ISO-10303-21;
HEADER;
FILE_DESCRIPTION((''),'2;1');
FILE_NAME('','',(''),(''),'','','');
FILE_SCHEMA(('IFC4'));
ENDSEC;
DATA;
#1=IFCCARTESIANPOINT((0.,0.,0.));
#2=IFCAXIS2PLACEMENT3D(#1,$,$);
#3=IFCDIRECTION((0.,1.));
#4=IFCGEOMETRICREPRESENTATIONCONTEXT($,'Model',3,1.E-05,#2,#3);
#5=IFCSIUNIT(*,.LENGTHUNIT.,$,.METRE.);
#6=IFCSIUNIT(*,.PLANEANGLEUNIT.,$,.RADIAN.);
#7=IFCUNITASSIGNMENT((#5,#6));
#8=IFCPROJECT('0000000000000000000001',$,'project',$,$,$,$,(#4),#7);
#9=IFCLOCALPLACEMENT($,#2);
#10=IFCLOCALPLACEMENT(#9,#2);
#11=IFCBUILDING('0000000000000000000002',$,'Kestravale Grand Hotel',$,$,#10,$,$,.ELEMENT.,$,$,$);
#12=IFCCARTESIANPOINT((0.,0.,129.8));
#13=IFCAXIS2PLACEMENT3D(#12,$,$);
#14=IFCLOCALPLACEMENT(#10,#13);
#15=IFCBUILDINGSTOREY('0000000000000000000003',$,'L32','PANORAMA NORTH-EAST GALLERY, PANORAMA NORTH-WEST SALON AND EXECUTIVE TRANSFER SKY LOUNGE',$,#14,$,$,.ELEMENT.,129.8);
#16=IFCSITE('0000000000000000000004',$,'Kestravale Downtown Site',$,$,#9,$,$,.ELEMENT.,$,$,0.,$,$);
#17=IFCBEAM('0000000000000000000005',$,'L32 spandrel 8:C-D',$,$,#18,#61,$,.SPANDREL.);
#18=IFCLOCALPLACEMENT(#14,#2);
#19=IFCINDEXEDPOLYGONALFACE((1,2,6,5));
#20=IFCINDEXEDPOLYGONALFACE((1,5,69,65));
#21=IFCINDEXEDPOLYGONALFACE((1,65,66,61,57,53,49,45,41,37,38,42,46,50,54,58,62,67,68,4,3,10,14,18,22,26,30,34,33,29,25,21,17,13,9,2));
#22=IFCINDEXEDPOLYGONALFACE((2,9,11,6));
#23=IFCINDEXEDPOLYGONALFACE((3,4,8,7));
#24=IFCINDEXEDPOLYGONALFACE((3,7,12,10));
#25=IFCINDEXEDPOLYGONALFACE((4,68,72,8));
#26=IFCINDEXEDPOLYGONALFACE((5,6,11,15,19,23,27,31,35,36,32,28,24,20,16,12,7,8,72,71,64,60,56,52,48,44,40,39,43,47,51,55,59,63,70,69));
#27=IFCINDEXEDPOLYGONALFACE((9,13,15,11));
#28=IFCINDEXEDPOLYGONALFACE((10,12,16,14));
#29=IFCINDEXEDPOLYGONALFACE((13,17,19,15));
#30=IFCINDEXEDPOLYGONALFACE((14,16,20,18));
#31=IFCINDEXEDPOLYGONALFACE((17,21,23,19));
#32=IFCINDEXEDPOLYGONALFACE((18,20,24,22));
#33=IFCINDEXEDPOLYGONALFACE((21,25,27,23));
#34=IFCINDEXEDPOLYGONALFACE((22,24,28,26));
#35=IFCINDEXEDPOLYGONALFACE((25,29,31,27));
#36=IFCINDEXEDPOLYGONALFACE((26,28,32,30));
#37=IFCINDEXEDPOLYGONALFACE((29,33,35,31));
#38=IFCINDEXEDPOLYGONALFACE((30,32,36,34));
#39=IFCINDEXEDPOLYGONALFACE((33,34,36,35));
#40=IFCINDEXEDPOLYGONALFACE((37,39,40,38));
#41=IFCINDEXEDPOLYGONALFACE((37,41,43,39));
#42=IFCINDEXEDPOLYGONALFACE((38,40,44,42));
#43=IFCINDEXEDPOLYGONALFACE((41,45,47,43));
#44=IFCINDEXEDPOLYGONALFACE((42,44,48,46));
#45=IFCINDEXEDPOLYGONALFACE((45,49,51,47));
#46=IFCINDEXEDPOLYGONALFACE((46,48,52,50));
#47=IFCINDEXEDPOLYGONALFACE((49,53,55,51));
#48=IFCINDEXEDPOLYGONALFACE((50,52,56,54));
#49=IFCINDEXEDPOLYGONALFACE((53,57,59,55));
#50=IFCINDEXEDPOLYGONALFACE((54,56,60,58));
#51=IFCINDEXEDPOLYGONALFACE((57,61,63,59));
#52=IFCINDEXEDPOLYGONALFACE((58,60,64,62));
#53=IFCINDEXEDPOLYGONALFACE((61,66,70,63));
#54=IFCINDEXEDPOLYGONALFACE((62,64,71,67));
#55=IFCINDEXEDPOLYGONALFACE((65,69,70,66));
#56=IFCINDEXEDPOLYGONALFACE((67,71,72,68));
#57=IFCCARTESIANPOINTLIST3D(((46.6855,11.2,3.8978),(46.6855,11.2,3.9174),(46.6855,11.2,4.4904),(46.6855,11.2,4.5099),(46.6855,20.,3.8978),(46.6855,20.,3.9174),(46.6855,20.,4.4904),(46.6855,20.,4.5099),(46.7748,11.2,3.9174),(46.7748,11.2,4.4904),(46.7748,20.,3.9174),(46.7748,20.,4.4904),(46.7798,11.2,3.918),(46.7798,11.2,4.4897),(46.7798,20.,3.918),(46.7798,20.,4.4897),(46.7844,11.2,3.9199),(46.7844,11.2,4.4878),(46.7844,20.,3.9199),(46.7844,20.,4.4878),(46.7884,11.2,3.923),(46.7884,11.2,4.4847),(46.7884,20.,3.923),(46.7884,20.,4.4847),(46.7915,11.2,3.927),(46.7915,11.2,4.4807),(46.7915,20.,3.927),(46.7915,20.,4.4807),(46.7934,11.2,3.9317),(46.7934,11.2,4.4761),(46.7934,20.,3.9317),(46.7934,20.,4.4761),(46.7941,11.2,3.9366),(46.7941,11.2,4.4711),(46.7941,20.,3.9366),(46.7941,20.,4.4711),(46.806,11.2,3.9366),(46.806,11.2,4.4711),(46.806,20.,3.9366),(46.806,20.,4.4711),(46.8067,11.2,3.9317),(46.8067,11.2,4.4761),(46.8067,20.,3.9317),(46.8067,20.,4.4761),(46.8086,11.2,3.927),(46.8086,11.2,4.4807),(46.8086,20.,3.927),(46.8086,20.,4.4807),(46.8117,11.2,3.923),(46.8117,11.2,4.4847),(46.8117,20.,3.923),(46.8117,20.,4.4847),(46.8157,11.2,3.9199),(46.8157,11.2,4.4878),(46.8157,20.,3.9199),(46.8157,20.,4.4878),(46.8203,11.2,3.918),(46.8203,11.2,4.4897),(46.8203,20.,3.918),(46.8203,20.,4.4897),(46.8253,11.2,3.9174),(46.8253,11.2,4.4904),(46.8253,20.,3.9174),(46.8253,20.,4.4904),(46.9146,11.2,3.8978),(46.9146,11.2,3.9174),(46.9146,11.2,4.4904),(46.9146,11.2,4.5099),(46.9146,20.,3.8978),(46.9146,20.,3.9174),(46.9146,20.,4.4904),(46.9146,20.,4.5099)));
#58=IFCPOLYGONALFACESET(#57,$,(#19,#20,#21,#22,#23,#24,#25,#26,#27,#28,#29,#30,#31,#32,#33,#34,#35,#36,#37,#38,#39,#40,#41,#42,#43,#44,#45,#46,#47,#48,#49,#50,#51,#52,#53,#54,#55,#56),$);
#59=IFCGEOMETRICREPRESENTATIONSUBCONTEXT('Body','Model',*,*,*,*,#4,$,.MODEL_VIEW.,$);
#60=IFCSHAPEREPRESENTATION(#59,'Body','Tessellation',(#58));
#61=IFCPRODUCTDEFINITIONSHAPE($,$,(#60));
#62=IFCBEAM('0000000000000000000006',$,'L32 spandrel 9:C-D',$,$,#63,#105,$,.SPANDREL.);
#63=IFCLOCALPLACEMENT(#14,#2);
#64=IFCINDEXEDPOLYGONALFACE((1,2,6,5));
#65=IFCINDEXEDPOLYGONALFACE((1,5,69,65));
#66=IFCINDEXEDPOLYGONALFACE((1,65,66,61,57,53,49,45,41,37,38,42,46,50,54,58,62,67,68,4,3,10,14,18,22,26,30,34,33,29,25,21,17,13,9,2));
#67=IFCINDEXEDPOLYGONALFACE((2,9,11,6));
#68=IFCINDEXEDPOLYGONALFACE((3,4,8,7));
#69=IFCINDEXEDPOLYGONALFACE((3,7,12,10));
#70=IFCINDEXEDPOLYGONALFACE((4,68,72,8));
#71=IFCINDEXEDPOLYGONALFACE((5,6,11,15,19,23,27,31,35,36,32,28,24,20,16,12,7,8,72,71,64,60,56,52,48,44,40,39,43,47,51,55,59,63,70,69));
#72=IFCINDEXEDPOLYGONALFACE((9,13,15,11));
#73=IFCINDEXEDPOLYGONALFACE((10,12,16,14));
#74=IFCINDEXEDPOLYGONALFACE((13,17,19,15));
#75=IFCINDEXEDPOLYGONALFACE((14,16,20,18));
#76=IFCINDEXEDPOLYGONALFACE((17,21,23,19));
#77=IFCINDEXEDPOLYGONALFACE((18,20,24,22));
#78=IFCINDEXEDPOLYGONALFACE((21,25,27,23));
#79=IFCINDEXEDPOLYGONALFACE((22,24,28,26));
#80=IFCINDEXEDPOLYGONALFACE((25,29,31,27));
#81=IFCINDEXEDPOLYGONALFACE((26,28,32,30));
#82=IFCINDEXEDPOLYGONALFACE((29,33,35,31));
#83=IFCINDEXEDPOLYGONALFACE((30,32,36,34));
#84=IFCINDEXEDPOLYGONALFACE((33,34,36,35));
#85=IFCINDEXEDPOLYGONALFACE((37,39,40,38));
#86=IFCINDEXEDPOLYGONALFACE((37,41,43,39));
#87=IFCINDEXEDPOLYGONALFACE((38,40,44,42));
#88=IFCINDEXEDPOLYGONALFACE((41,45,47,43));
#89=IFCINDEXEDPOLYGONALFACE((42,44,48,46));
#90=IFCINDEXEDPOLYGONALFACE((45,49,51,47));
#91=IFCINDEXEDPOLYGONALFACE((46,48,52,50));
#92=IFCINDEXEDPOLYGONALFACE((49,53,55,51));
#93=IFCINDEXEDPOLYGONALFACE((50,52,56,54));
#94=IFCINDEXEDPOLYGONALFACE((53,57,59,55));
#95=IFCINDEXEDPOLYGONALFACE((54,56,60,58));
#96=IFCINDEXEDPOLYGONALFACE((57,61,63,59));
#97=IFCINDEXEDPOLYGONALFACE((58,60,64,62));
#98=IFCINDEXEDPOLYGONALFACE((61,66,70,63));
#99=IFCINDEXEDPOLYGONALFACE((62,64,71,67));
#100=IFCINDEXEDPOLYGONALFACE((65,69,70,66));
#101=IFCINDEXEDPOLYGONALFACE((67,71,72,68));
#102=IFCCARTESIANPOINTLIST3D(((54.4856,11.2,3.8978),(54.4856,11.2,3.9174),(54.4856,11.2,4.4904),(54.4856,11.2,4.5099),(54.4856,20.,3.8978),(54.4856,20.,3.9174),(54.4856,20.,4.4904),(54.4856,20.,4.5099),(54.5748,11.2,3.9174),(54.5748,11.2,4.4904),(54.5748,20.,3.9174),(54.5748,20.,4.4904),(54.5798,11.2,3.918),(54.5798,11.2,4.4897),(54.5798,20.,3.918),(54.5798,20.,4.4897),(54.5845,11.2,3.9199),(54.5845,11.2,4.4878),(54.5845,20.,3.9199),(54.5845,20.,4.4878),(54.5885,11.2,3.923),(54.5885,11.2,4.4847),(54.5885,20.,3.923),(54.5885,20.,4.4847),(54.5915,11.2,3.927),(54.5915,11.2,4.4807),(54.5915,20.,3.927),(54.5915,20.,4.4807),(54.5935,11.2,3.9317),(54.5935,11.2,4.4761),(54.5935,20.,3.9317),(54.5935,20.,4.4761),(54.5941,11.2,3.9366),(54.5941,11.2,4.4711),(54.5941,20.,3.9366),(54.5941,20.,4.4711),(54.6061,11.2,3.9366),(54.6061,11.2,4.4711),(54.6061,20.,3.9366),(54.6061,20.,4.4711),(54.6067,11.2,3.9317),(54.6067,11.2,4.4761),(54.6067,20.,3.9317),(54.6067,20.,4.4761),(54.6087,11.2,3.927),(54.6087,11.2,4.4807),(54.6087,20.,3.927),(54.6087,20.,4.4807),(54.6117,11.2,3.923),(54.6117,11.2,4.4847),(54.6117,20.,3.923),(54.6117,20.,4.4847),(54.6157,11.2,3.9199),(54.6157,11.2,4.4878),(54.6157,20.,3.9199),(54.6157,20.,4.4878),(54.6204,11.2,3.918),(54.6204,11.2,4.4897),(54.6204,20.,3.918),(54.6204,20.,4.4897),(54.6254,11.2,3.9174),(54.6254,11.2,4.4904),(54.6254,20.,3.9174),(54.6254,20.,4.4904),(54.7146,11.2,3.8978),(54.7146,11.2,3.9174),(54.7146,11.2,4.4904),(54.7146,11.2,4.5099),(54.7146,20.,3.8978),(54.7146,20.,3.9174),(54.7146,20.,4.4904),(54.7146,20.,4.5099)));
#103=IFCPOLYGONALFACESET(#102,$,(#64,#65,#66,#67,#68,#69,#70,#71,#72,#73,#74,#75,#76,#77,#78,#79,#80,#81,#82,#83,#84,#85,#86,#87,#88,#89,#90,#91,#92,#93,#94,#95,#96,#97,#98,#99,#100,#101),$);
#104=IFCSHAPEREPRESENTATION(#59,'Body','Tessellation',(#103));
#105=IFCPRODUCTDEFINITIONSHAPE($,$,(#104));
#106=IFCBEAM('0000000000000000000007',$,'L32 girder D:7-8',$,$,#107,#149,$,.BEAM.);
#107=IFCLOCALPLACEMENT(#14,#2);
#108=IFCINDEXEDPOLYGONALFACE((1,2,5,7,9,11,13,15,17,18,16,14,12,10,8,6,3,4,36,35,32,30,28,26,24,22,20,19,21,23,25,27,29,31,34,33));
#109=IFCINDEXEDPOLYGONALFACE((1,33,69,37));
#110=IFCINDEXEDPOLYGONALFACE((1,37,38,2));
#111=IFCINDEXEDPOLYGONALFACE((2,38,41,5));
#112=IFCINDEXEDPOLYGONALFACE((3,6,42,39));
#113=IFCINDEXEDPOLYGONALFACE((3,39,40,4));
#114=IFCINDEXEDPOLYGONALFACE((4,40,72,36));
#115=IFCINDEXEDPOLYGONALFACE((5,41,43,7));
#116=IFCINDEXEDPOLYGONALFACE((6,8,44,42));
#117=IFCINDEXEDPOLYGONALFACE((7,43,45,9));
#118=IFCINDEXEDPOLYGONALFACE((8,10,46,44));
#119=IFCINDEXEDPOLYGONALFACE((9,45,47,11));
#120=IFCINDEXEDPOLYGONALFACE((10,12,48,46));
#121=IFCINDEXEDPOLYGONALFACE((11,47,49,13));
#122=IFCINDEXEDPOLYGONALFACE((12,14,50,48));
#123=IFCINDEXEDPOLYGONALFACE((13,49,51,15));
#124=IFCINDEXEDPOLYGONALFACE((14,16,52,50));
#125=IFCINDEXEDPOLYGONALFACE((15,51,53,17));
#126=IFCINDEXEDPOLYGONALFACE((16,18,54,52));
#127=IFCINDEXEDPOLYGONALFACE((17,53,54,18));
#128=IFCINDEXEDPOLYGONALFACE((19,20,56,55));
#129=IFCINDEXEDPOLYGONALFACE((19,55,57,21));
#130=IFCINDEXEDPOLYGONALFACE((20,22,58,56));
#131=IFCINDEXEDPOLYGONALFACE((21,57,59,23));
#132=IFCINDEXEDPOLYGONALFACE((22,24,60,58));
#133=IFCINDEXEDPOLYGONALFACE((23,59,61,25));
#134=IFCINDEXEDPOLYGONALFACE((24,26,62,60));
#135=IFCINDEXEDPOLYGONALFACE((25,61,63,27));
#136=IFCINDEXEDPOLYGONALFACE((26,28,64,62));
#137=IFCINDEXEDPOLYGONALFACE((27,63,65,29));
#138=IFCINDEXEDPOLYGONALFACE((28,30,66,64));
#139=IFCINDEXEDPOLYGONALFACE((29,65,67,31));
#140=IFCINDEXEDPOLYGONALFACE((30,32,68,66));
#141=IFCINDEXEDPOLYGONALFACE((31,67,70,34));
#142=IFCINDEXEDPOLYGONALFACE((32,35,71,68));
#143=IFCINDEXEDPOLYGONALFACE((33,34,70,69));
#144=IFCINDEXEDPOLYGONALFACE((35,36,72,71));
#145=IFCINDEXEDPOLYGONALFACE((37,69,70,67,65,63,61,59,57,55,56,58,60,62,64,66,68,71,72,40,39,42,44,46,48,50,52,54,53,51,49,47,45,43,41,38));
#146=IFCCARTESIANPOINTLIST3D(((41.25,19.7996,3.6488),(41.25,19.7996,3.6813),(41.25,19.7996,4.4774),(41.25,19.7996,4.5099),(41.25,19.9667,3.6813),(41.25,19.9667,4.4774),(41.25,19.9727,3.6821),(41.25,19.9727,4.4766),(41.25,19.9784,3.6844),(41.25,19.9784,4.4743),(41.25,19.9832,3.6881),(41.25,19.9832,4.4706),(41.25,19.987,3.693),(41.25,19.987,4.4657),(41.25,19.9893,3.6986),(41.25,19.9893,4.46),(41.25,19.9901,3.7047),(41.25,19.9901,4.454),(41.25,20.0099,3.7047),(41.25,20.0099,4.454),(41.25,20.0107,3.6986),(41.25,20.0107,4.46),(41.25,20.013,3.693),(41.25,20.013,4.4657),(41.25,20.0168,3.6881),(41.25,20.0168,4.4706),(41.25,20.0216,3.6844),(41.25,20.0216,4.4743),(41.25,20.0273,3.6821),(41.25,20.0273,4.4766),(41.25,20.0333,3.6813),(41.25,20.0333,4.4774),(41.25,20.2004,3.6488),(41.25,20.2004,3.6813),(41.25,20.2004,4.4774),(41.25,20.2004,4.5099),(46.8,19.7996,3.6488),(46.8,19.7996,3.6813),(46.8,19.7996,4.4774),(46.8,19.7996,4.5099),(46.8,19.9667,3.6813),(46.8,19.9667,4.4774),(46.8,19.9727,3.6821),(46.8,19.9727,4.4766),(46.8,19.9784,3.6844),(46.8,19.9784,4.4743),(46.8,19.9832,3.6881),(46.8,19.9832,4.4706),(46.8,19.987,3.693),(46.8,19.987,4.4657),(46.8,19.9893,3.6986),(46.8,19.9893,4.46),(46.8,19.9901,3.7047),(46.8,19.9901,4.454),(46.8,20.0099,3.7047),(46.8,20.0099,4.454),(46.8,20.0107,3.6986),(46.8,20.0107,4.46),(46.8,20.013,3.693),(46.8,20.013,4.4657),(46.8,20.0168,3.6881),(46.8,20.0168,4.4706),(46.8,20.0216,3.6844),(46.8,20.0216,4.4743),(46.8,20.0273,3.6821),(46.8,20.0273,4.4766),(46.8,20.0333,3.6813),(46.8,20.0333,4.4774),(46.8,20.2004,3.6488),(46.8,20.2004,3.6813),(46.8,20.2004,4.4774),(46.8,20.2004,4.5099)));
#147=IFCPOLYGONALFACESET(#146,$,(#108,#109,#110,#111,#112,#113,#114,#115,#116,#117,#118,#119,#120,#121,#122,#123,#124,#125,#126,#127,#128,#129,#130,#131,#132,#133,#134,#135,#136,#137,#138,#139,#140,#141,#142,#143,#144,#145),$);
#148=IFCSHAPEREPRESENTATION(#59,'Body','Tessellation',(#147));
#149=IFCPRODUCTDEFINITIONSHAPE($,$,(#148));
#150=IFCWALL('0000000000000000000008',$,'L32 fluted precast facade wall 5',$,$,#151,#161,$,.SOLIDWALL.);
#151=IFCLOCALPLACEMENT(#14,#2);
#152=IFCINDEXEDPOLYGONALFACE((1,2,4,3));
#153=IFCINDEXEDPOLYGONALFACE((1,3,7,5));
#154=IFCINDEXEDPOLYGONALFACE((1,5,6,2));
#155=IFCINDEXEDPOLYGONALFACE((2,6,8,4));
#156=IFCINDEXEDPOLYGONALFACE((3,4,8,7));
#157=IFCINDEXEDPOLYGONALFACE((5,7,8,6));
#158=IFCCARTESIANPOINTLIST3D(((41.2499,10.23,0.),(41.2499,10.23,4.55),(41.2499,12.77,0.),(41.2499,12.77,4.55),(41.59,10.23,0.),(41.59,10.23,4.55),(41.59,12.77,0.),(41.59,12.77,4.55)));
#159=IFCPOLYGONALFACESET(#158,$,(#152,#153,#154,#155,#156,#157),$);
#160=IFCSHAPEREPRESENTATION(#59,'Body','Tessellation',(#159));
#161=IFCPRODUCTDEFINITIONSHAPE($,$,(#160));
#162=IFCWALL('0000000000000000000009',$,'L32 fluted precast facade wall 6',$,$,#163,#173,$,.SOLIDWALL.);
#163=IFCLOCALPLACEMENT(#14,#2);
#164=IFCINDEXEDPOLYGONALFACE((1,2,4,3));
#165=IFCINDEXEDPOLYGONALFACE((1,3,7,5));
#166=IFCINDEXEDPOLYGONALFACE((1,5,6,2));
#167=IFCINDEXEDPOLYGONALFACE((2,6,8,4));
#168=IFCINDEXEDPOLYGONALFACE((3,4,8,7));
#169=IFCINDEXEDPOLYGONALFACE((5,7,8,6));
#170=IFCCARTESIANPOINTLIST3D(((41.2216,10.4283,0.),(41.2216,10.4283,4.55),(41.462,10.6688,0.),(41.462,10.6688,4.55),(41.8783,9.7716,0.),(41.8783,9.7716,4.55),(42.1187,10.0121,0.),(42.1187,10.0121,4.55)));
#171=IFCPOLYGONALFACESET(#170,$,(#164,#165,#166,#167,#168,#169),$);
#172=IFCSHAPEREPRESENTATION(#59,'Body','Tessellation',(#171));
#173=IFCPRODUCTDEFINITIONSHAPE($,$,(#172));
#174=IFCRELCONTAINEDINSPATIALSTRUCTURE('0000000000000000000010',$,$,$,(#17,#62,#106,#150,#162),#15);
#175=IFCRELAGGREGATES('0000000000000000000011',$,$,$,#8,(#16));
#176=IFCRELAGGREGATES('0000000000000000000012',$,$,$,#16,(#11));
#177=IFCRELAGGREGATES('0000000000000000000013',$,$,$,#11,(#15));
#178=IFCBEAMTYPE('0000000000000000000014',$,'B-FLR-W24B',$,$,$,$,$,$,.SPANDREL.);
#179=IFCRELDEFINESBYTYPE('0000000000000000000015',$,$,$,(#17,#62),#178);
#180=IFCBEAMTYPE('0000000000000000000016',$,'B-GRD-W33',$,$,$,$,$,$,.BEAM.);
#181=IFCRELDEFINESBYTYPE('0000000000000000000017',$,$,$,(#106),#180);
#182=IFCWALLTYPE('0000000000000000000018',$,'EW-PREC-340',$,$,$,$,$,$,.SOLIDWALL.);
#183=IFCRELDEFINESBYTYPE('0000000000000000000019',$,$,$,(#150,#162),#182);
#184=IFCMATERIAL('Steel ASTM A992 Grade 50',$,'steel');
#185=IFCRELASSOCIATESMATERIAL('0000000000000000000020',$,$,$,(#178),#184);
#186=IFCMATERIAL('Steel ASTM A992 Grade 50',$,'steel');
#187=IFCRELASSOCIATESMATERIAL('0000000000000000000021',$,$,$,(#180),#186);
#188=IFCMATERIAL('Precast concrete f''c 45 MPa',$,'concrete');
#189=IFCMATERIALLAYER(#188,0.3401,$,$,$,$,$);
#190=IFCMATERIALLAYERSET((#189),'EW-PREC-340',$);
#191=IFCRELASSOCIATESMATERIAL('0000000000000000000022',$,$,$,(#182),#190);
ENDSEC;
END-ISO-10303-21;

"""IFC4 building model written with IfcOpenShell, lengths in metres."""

from ifc_helpers import new_model, si_unit, direction, frame, frame_2d, origin, origin_2d, place, context, subcontext, project, spatial, rectangle, i_section, extrude, material, layer, layer_set, material_profile, profile_set, type_object, element, save


model = new_model("IFC4")

# Units and contexts
model_context = context("Model", 3, precision=1e-05, world=origin(), true_north=direction((0.0, 1.0)))
body_context = subcontext(model_context, "Body", "Model", "MODEL_VIEW")
ifc_project = project(units=[si_unit("LENGTHUNIT", "METRE"), si_unit("PLANEANGLEUNIT", "RADIAN")], contexts=[model_context])

# Site, building, storey
site_placement = place(None, origin())
site = spatial("IfcSite", under=ifc_project, at=site_placement, Name="Kestravale Downtown Site", CompositionType="ELEMENT", RefElevation=0.0)
building_placement = place(site_placement, origin())
building = spatial("IfcBuilding", under=site, at=building_placement, Name="Kestravale Grand Hotel", CompositionType="ELEMENT")
storey_placement = place(building_placement, frame((0.0, 0.0, 129.8)))
storey = spatial("IfcBuildingStorey", under=building, at=storey_placement, Name="L32", Description="PANORAMA NORTH-EAST GALLERY, PANORAMA NORTH-WEST SALON AND EXECUTIVE TRANSFER SKY LOUNGE", CompositionType="ELEMENT", Elevation=129.8)

# Beams
ifc_material_1 = material(Name="Steel ASTM A992 Grade 50", Category="steel")
ifc_material_profile_1 = material_profile(ifc_material_1, i_section(OverallWidth=0.229, OverallDepth=0.6121, WebThickness=0.012, FlangeThickness=0.0195, FilletRadius=0.0193, at=origin_2d()))
ifc_profile_set_1 = profile_set([ifc_material_profile_1], Name="Steel ASTM A992 Grade 50")
beam_type_1 = type_object("IfcBeamType", Name="B-FLR-W24B", PredefinedType="SPANDREL", material=ifc_profile_set_1)
for number, where, z_axis, x_axis, name in (
    (1, (46.8, 11.2, 4.2039), (0.0, 1.0, 0.0), (-1.0, 0.0, 0.0), "L32 spandrel 8:C-D"),
    (2, (54.6001, 11.2, 4.2039), (0.0, 1.0, 0.0), (-1.0, 0.0, 0.0), "L32 spandrel 9:C-D"),
):
    element("IfcBeam", number, at=place(storey_placement, frame(where, z_axis=z_axis, x_axis=x_axis)), inside=storey, type_object=beam_type_1, Name=name, PredefinedType="SPANDREL", context=body_context, shape_type="SweptSolid", body=[
        extrude(i_section(OverallWidth=0.229, OverallDepth=0.6121, WebThickness=0.012, FlangeThickness=0.0195, FilletRadius=0.0193, at=origin_2d()), origin(), (0.0, 0.0, 1.0), 8.8),
    ])
ifc_material_2 = material(Name="Steel ASTM A992 Grade 50", Category="steel")
ifc_material_profile_2 = material_profile(ifc_material_2, i_section(OverallWidth=0.4009, OverallDepth=0.8611, WebThickness=0.0198, FlangeThickness=0.0325, FilletRadius=0.0234, at=origin_2d()))
ifc_profile_set_2 = profile_set([ifc_material_profile_2], Name="Steel ASTM A992 Grade 50")
beam_type_2 = type_object("IfcBeamType", Name="B-GRD-W33", PredefinedType="BEAM", material=ifc_profile_set_2)
beam_1_placement = place(storey_placement, frame((41.25, 20.0, 4.0793), z_axis=(1.0, 0.0, 0.0), x_axis=(0.0, 1.0, 0.0)))
element("IfcBeam", 3, at=beam_1_placement, inside=storey, type_object=beam_type_2, Name="L32 girder D:7-8", PredefinedType="BEAM", context=body_context, shape_type="SweptSolid", body=[
    extrude(i_section(OverallWidth=0.4009, OverallDepth=0.8611, WebThickness=0.0198, FlangeThickness=0.0325, FilletRadius=0.0234, at=origin_2d()), origin(), (0.0, 0.0, 1.0), 5.55),
])

# Walls
ifc_material_3 = material(Name="Precast concrete f'c 45 MPa", Category="concrete")
ifc_layer_1 = layer(ifc_material_3, 0.3401)
ifc_layer_set_1 = layer_set([ifc_layer_1], Name="EW-PREC-340")
wall_type_1 = type_object("IfcWallType", Name="EW-PREC-340", PredefinedType="SOLIDWALL", material=ifc_layer_set_1)
wall_1_placement = place(storey_placement, frame((41.4199, 12.77, 0.0), z_axis=(0.0, 0.0, 1.0), x_axis=(0.0, -1.0, 0.0)))
element("IfcWall", 4, at=wall_1_placement, inside=storey, type_object=wall_type_1, Name="L32 fluted precast facade wall 5", PredefinedType="SOLIDWALL", context=body_context, shape_type="SweptSolid", body=[
    extrude(rectangle(XDim=2.54, YDim=0.3401, at=frame_2d((1.27, 0.0))), origin(), (0.0, 0.0, 1.0), 4.55),
])
wall_2_placement = place(storey_placement, frame((41.3418, 10.5486, 0.0), z_axis=(0.0, 0.0, 1.0), x_axis=(0.707107, -0.707107, 0.0)))
element("IfcWall", 5, at=wall_2_placement, inside=storey, type_object=wall_type_1, Name="L32 fluted precast facade wall 6", PredefinedType="SOLIDWALL", context=body_context, shape_type="SweptSolid", body=[
    extrude(rectangle(XDim=0.9287, YDim=0.3401, at=frame_2d((0.4644, 0.0))), origin(), (0.0, 0.0, 1.0), 4.55),
])

save(model, "model.ifc")
